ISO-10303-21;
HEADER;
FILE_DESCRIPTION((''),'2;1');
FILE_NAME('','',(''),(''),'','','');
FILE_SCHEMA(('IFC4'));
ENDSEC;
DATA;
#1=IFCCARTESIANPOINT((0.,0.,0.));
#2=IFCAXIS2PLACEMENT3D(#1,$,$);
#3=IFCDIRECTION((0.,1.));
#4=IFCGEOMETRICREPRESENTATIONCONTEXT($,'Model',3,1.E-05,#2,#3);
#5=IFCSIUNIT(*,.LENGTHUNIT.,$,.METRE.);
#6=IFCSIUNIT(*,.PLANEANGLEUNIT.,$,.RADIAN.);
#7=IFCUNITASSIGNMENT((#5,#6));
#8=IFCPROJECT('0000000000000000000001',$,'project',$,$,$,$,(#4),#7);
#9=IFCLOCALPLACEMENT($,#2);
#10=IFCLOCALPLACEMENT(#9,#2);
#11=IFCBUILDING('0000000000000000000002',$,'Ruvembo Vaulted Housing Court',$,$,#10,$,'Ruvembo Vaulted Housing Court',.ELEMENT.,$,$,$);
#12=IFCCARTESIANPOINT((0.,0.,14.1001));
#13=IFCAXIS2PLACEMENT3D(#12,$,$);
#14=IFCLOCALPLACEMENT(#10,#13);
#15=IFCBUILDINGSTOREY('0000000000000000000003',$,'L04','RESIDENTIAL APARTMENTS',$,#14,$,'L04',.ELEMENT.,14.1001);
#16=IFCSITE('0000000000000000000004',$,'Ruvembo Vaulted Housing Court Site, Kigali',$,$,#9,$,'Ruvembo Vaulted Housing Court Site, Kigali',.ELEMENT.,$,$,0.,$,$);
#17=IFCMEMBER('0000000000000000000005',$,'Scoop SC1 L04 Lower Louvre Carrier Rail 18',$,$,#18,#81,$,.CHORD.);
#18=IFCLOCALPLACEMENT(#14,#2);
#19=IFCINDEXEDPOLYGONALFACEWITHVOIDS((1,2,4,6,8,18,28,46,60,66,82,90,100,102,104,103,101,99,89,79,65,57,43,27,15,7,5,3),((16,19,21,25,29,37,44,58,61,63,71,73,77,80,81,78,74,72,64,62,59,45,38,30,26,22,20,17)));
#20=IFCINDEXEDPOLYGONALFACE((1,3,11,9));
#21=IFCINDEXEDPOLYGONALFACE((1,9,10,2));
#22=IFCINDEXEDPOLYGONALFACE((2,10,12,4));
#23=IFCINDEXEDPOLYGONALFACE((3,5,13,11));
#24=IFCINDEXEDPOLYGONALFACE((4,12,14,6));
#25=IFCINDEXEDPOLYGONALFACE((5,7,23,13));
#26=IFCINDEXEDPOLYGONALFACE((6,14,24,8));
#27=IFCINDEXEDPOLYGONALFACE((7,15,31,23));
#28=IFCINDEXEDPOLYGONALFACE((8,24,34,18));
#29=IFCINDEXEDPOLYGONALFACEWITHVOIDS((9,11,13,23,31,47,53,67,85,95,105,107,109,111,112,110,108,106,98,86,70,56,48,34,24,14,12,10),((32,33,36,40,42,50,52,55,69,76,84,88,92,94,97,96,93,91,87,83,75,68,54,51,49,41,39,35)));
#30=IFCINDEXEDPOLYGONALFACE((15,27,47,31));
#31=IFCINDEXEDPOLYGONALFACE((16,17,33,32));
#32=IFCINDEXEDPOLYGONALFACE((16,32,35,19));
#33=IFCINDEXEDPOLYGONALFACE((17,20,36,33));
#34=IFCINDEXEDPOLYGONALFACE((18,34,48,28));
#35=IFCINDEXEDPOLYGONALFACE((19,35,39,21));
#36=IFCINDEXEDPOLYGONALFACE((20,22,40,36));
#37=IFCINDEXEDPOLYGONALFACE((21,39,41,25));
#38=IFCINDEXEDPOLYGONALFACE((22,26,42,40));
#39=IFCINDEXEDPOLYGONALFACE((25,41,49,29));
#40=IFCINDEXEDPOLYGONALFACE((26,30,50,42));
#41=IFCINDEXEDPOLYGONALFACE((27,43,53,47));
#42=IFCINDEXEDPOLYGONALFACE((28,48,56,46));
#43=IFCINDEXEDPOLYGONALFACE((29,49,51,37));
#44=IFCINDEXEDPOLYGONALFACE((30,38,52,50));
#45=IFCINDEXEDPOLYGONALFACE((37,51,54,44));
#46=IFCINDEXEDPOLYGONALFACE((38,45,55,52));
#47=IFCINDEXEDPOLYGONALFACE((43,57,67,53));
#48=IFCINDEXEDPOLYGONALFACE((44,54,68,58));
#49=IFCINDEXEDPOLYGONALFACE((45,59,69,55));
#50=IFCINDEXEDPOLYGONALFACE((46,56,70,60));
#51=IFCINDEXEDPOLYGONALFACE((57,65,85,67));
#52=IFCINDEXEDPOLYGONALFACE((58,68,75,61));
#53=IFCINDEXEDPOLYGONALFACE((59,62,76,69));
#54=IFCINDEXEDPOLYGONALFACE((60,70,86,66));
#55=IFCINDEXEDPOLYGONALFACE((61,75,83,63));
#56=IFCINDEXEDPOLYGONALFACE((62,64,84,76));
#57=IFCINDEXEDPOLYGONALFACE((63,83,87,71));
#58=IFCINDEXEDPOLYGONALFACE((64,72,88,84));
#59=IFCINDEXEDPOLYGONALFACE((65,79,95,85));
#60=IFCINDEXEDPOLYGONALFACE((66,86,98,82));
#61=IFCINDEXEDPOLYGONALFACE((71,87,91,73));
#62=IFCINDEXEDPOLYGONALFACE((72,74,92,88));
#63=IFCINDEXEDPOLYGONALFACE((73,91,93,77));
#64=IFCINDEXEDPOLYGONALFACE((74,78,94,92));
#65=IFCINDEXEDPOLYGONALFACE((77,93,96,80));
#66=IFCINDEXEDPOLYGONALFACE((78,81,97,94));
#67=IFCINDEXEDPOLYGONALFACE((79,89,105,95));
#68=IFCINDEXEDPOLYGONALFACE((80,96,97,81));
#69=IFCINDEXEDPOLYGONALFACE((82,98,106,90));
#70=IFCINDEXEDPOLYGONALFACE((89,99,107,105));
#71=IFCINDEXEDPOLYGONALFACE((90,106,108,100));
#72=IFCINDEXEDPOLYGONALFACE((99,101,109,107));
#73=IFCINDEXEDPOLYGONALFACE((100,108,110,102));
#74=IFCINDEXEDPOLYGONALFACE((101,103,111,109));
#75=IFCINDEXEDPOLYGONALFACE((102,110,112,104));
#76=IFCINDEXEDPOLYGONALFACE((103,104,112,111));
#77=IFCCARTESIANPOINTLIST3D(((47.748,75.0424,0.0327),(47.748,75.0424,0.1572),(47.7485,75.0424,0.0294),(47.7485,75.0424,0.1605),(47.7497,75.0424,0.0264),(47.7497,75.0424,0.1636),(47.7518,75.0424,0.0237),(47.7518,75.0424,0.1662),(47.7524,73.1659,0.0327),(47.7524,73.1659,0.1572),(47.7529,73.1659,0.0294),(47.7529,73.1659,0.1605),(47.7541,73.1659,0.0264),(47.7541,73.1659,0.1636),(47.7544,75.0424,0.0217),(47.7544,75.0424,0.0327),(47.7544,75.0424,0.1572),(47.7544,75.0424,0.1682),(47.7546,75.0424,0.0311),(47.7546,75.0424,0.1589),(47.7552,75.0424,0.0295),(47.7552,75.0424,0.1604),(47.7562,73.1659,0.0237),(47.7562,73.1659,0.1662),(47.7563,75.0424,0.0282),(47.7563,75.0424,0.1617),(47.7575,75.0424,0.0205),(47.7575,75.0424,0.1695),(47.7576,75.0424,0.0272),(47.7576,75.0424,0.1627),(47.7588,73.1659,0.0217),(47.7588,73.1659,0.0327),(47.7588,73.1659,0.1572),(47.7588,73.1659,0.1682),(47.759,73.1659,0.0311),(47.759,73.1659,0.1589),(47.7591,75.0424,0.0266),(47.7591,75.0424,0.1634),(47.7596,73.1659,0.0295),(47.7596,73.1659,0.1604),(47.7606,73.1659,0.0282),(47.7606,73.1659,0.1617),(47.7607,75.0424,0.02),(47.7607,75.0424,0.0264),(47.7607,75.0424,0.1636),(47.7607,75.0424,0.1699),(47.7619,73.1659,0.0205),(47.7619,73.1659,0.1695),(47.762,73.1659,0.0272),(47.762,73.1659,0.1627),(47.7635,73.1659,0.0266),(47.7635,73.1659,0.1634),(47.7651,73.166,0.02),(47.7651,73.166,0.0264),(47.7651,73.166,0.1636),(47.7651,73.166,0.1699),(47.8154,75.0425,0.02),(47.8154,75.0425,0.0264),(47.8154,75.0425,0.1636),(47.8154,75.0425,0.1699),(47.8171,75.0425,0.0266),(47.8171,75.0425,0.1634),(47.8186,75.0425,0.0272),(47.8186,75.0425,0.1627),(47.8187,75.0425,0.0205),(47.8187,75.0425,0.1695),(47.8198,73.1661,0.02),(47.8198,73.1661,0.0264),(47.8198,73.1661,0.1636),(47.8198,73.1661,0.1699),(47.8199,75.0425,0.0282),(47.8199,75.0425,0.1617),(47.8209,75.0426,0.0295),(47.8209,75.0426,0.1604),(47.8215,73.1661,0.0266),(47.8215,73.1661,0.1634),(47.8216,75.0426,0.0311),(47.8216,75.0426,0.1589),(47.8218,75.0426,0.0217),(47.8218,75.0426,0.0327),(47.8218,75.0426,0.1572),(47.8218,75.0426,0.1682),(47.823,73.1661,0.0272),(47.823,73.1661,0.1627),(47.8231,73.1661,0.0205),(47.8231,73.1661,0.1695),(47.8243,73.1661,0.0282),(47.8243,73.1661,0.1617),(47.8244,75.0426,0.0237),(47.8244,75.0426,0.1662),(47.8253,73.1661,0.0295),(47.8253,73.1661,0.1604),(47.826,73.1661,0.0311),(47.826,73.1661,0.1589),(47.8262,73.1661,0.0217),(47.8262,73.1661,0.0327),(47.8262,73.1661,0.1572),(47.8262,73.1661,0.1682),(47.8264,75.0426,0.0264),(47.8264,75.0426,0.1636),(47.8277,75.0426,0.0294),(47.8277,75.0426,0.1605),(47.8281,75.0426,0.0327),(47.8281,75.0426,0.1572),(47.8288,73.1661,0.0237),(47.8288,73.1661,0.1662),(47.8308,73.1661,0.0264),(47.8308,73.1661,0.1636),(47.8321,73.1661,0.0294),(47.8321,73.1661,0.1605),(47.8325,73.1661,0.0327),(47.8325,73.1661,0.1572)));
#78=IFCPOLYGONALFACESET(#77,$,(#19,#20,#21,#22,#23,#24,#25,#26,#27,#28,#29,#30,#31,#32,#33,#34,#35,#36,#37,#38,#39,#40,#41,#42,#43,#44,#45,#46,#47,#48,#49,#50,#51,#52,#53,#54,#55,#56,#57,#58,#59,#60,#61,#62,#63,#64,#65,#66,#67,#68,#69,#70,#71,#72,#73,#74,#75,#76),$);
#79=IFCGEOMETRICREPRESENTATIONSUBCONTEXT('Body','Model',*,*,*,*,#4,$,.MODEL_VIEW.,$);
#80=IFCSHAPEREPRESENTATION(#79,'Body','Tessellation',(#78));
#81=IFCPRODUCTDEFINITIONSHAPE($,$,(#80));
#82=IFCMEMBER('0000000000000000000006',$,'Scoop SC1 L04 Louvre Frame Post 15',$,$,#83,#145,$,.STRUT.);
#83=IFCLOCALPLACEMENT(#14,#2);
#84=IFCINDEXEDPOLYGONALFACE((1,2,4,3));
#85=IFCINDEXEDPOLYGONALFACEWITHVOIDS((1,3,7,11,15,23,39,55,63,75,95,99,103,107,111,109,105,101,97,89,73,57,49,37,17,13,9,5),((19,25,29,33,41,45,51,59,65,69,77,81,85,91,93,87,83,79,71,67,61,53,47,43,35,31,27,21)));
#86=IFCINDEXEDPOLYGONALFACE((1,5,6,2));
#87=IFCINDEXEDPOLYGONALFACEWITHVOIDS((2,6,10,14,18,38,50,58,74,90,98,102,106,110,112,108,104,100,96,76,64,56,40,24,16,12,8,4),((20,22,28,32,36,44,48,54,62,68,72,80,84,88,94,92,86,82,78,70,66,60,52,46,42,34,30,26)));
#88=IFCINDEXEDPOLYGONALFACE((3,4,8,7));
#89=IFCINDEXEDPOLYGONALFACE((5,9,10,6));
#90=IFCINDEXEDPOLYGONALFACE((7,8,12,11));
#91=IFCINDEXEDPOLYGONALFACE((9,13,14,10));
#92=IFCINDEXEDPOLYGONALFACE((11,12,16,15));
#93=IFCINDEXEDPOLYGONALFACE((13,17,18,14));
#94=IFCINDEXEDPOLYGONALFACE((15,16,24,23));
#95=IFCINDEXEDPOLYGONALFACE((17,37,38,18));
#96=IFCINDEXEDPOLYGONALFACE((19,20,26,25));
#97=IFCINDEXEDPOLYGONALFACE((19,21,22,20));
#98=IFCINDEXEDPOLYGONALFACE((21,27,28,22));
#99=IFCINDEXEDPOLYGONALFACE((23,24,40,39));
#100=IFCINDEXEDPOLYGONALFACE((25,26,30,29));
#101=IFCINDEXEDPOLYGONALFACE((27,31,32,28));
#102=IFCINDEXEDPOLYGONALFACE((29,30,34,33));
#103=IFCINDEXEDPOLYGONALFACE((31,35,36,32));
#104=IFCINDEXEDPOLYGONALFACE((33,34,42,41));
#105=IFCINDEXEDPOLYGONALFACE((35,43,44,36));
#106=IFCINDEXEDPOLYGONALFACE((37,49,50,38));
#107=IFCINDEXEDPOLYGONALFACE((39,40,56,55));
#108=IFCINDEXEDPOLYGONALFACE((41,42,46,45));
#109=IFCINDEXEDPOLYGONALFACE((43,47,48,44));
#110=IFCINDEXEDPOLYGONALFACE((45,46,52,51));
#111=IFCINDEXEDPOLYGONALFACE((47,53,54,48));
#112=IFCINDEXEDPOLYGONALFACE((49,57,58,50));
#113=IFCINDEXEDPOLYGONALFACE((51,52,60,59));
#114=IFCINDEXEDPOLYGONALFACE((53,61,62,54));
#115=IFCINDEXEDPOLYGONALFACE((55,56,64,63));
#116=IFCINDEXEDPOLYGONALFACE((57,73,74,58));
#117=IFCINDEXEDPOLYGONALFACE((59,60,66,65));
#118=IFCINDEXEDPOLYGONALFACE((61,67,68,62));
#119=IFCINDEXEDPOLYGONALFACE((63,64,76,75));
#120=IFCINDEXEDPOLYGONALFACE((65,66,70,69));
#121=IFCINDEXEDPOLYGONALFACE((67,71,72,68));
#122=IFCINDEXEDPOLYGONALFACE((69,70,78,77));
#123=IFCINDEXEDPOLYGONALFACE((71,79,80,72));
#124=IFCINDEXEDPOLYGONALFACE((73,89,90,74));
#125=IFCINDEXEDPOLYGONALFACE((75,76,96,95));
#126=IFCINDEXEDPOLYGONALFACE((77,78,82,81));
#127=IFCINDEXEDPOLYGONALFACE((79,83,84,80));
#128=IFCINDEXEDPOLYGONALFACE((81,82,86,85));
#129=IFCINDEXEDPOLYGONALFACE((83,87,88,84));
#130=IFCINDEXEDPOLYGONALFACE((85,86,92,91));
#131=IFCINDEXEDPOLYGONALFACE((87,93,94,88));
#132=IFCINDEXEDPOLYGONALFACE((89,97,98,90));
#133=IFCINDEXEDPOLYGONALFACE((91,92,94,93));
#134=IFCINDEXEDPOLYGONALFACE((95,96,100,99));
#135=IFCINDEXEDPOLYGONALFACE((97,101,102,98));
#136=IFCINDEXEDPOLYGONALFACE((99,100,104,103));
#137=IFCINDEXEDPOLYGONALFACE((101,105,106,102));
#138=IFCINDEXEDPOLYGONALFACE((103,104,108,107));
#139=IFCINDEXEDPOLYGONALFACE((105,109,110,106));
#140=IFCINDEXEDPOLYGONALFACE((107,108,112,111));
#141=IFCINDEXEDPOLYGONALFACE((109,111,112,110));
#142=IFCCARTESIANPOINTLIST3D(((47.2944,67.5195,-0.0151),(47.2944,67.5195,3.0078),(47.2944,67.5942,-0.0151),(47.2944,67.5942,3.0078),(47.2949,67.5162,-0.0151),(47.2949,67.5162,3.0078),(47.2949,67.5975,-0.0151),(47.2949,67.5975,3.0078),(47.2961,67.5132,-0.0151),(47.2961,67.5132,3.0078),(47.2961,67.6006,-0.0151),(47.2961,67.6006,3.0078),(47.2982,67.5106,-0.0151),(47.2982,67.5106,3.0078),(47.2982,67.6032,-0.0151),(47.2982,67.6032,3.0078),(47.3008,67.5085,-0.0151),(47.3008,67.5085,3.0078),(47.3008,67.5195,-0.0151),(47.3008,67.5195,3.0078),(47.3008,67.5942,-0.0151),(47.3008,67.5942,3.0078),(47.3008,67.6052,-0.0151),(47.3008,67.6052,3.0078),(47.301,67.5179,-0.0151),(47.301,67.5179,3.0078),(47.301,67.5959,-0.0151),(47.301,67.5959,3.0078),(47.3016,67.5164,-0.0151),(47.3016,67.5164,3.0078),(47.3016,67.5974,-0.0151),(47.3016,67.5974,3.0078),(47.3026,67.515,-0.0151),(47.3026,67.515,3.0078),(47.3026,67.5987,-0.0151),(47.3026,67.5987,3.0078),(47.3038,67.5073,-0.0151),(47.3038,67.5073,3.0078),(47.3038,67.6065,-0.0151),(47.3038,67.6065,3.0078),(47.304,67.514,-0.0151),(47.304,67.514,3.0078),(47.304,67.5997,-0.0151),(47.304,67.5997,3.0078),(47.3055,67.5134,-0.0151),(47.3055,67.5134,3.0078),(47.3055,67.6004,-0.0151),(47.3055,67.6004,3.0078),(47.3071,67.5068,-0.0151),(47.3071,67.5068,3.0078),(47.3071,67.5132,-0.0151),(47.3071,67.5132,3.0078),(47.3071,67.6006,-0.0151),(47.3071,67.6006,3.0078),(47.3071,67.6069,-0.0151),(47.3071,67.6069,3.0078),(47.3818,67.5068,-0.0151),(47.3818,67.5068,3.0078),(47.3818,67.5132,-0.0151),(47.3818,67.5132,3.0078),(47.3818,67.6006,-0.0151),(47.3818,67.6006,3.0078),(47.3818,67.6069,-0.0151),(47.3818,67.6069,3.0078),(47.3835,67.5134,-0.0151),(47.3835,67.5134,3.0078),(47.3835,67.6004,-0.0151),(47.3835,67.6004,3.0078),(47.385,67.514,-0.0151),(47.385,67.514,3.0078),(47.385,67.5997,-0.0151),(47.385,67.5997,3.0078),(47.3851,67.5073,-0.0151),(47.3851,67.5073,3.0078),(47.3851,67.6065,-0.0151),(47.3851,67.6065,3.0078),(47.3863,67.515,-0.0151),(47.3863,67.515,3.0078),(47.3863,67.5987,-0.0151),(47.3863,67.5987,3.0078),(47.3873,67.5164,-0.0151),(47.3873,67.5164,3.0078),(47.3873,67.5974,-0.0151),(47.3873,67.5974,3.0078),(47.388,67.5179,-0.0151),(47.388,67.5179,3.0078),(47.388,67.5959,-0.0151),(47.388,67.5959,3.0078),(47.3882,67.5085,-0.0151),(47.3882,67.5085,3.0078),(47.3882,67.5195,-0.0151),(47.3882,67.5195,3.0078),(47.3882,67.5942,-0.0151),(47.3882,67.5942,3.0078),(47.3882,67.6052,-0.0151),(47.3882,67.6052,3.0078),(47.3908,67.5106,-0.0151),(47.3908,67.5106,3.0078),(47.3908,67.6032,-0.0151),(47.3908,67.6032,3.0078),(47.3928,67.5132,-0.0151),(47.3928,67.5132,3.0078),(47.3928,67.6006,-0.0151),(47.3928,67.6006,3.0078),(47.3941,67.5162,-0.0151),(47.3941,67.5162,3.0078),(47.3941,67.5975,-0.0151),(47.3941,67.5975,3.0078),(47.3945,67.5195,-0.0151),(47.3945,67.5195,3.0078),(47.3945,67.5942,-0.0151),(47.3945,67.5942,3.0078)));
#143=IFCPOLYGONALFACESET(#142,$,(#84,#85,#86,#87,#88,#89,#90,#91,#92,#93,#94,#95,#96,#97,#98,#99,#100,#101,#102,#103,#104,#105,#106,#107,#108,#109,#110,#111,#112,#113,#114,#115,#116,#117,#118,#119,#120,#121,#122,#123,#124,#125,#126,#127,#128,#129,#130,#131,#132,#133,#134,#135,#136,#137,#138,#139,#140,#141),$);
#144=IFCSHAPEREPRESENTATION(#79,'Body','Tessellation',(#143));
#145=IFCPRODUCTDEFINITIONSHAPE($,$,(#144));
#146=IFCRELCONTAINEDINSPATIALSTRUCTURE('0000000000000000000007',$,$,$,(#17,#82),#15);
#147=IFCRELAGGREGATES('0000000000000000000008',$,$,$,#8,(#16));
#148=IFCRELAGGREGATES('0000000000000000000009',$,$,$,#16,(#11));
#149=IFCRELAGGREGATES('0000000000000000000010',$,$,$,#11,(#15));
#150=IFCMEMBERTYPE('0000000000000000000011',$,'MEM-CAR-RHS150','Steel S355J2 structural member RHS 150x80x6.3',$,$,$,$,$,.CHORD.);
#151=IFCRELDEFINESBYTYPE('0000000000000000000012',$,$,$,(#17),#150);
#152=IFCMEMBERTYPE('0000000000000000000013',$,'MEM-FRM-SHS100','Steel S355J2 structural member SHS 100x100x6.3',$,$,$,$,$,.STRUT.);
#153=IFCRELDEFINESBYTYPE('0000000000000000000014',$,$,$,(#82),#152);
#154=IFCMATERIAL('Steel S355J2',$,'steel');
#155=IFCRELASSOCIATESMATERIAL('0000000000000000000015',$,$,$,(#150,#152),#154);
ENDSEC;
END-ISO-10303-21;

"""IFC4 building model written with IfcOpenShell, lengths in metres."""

from ifc_helpers import new_model, si_unit, direction, frame, origin, origin_2d, place, context, subcontext, project, spatial, hollow_rectangle, extrude, material, material_profile, profile_set, type_object, element, save


model = new_model("IFC4")

# Units and contexts
model_context = context("Model", 3, precision=1e-05, world=origin(), true_north=direction((0.0, 1.0)))
body_context = subcontext(model_context, "Body", "Model", "MODEL_VIEW")
ifc_project = project(units=[si_unit("LENGTHUNIT", "METRE"), si_unit("PLANEANGLEUNIT", "RADIAN")], contexts=[model_context])

# Site, building, storey
site_placement = place(None, origin())
site = spatial("IfcSite", under=ifc_project, at=site_placement, Name="Ruvembo Vaulted Housing Court Site, Kigali", LongName="Ruvembo Vaulted Housing Court Site, Kigali", CompositionType="ELEMENT", RefElevation=0.0)
building_placement = place(site_placement, origin())
building = spatial("IfcBuilding", under=site, at=building_placement, Name="Ruvembo Vaulted Housing Court", LongName="Ruvembo Vaulted Housing Court", CompositionType="ELEMENT")
storey_placement = place(building_placement, frame((0.0, 0.0, 14.1001)))
storey = spatial("IfcBuildingStorey", under=building, at=storey_placement, Name="L04", Description="RESIDENTIAL APARTMENTS", LongName="L04", CompositionType="ELEMENT", Elevation=14.1001)

# Shared definitions
ifc_material_1 = material(Name="Steel S355J2", Category="steel")

# Members
ifc_material_profile_1 = material_profile(ifc_material_1, hollow_rectangle(XDim=0.0801, YDim=0.1499, WallThickness=0.0063, InnerFilletRadius=0.0063, OuterFilletRadius=0.0127, at=origin_2d()), Name="RHS 150x80x6.3")
ifc_profile_set_1 = profile_set([ifc_material_profile_1], Name="Steel S355J2")
member_type_1 = type_object("IfcMemberType", Name="MEM-CAR-RHS150", Description="Steel S355J2 structural member RHS 150x80x6.3", PredefinedType="CHORD", material=ifc_profile_set_1)
member_1_placement = place(storey_placement, frame((47.7925, 73.166, 0.095), z_axis=(-0.002342, 0.999997, 0.0), x_axis=(-0.999997, -0.002342, 0.0)))
element("IfcMember", 1, at=member_1_placement, inside=storey, type_object=member_type_1, Name="Scoop SC1 L04 Lower Louvre Carrier Rail 18", PredefinedType="CHORD", context=body_context, shape_type="SweptSolid", body=[
    extrude(hollow_rectangle(XDim=0.0801, YDim=0.1499, WallThickness=0.0063, InnerFilletRadius=0.0063, OuterFilletRadius=0.0127, at=origin_2d()), origin(), (0.0, 0.0, 1.0), 1.8765),
])
ifc_material_profile_2 = material_profile(ifc_material_1, hollow_rectangle(XDim=0.1001, YDim=0.1001, WallThickness=0.0063, InnerFilletRadius=0.0063, OuterFilletRadius=0.0127, at=origin_2d()), Name="SHS 100x100x6.3")
ifc_profile_set_2 = profile_set([ifc_material_profile_2], Name="Steel S355J2")
member_type_2 = type_object("IfcMemberType", Name="MEM-FRM-SHS100", Description="Steel S355J2 structural member SHS 100x100x6.3", PredefinedType="STRUT", material=ifc_profile_set_2)
for number, where, z_axis, x_axis, name in (
    (2, (47.3445, 67.5569, -0.0151), (0.0, 0.0, 1.0), (1.0, 0.0, 0.0), "Scoop SC1 L04 Louvre Frame Post 15"),
):
    element("IfcMember", number, at=place(storey_placement, frame(where, z_axis=z_axis, x_axis=x_axis)), inside=storey, type_object=member_type_2, Name=name, PredefinedType="STRUT", context=body_context, shape_type="SweptSolid", body=[
        extrude(hollow_rectangle(XDim=0.1001, YDim=0.1001, WallThickness=0.0063, InnerFilletRadius=0.0063, OuterFilletRadius=0.0127, at=origin_2d()), origin(), (0.0, 0.0, 1.0), 3.0229),
    ])

save(model, "model.ifc")
